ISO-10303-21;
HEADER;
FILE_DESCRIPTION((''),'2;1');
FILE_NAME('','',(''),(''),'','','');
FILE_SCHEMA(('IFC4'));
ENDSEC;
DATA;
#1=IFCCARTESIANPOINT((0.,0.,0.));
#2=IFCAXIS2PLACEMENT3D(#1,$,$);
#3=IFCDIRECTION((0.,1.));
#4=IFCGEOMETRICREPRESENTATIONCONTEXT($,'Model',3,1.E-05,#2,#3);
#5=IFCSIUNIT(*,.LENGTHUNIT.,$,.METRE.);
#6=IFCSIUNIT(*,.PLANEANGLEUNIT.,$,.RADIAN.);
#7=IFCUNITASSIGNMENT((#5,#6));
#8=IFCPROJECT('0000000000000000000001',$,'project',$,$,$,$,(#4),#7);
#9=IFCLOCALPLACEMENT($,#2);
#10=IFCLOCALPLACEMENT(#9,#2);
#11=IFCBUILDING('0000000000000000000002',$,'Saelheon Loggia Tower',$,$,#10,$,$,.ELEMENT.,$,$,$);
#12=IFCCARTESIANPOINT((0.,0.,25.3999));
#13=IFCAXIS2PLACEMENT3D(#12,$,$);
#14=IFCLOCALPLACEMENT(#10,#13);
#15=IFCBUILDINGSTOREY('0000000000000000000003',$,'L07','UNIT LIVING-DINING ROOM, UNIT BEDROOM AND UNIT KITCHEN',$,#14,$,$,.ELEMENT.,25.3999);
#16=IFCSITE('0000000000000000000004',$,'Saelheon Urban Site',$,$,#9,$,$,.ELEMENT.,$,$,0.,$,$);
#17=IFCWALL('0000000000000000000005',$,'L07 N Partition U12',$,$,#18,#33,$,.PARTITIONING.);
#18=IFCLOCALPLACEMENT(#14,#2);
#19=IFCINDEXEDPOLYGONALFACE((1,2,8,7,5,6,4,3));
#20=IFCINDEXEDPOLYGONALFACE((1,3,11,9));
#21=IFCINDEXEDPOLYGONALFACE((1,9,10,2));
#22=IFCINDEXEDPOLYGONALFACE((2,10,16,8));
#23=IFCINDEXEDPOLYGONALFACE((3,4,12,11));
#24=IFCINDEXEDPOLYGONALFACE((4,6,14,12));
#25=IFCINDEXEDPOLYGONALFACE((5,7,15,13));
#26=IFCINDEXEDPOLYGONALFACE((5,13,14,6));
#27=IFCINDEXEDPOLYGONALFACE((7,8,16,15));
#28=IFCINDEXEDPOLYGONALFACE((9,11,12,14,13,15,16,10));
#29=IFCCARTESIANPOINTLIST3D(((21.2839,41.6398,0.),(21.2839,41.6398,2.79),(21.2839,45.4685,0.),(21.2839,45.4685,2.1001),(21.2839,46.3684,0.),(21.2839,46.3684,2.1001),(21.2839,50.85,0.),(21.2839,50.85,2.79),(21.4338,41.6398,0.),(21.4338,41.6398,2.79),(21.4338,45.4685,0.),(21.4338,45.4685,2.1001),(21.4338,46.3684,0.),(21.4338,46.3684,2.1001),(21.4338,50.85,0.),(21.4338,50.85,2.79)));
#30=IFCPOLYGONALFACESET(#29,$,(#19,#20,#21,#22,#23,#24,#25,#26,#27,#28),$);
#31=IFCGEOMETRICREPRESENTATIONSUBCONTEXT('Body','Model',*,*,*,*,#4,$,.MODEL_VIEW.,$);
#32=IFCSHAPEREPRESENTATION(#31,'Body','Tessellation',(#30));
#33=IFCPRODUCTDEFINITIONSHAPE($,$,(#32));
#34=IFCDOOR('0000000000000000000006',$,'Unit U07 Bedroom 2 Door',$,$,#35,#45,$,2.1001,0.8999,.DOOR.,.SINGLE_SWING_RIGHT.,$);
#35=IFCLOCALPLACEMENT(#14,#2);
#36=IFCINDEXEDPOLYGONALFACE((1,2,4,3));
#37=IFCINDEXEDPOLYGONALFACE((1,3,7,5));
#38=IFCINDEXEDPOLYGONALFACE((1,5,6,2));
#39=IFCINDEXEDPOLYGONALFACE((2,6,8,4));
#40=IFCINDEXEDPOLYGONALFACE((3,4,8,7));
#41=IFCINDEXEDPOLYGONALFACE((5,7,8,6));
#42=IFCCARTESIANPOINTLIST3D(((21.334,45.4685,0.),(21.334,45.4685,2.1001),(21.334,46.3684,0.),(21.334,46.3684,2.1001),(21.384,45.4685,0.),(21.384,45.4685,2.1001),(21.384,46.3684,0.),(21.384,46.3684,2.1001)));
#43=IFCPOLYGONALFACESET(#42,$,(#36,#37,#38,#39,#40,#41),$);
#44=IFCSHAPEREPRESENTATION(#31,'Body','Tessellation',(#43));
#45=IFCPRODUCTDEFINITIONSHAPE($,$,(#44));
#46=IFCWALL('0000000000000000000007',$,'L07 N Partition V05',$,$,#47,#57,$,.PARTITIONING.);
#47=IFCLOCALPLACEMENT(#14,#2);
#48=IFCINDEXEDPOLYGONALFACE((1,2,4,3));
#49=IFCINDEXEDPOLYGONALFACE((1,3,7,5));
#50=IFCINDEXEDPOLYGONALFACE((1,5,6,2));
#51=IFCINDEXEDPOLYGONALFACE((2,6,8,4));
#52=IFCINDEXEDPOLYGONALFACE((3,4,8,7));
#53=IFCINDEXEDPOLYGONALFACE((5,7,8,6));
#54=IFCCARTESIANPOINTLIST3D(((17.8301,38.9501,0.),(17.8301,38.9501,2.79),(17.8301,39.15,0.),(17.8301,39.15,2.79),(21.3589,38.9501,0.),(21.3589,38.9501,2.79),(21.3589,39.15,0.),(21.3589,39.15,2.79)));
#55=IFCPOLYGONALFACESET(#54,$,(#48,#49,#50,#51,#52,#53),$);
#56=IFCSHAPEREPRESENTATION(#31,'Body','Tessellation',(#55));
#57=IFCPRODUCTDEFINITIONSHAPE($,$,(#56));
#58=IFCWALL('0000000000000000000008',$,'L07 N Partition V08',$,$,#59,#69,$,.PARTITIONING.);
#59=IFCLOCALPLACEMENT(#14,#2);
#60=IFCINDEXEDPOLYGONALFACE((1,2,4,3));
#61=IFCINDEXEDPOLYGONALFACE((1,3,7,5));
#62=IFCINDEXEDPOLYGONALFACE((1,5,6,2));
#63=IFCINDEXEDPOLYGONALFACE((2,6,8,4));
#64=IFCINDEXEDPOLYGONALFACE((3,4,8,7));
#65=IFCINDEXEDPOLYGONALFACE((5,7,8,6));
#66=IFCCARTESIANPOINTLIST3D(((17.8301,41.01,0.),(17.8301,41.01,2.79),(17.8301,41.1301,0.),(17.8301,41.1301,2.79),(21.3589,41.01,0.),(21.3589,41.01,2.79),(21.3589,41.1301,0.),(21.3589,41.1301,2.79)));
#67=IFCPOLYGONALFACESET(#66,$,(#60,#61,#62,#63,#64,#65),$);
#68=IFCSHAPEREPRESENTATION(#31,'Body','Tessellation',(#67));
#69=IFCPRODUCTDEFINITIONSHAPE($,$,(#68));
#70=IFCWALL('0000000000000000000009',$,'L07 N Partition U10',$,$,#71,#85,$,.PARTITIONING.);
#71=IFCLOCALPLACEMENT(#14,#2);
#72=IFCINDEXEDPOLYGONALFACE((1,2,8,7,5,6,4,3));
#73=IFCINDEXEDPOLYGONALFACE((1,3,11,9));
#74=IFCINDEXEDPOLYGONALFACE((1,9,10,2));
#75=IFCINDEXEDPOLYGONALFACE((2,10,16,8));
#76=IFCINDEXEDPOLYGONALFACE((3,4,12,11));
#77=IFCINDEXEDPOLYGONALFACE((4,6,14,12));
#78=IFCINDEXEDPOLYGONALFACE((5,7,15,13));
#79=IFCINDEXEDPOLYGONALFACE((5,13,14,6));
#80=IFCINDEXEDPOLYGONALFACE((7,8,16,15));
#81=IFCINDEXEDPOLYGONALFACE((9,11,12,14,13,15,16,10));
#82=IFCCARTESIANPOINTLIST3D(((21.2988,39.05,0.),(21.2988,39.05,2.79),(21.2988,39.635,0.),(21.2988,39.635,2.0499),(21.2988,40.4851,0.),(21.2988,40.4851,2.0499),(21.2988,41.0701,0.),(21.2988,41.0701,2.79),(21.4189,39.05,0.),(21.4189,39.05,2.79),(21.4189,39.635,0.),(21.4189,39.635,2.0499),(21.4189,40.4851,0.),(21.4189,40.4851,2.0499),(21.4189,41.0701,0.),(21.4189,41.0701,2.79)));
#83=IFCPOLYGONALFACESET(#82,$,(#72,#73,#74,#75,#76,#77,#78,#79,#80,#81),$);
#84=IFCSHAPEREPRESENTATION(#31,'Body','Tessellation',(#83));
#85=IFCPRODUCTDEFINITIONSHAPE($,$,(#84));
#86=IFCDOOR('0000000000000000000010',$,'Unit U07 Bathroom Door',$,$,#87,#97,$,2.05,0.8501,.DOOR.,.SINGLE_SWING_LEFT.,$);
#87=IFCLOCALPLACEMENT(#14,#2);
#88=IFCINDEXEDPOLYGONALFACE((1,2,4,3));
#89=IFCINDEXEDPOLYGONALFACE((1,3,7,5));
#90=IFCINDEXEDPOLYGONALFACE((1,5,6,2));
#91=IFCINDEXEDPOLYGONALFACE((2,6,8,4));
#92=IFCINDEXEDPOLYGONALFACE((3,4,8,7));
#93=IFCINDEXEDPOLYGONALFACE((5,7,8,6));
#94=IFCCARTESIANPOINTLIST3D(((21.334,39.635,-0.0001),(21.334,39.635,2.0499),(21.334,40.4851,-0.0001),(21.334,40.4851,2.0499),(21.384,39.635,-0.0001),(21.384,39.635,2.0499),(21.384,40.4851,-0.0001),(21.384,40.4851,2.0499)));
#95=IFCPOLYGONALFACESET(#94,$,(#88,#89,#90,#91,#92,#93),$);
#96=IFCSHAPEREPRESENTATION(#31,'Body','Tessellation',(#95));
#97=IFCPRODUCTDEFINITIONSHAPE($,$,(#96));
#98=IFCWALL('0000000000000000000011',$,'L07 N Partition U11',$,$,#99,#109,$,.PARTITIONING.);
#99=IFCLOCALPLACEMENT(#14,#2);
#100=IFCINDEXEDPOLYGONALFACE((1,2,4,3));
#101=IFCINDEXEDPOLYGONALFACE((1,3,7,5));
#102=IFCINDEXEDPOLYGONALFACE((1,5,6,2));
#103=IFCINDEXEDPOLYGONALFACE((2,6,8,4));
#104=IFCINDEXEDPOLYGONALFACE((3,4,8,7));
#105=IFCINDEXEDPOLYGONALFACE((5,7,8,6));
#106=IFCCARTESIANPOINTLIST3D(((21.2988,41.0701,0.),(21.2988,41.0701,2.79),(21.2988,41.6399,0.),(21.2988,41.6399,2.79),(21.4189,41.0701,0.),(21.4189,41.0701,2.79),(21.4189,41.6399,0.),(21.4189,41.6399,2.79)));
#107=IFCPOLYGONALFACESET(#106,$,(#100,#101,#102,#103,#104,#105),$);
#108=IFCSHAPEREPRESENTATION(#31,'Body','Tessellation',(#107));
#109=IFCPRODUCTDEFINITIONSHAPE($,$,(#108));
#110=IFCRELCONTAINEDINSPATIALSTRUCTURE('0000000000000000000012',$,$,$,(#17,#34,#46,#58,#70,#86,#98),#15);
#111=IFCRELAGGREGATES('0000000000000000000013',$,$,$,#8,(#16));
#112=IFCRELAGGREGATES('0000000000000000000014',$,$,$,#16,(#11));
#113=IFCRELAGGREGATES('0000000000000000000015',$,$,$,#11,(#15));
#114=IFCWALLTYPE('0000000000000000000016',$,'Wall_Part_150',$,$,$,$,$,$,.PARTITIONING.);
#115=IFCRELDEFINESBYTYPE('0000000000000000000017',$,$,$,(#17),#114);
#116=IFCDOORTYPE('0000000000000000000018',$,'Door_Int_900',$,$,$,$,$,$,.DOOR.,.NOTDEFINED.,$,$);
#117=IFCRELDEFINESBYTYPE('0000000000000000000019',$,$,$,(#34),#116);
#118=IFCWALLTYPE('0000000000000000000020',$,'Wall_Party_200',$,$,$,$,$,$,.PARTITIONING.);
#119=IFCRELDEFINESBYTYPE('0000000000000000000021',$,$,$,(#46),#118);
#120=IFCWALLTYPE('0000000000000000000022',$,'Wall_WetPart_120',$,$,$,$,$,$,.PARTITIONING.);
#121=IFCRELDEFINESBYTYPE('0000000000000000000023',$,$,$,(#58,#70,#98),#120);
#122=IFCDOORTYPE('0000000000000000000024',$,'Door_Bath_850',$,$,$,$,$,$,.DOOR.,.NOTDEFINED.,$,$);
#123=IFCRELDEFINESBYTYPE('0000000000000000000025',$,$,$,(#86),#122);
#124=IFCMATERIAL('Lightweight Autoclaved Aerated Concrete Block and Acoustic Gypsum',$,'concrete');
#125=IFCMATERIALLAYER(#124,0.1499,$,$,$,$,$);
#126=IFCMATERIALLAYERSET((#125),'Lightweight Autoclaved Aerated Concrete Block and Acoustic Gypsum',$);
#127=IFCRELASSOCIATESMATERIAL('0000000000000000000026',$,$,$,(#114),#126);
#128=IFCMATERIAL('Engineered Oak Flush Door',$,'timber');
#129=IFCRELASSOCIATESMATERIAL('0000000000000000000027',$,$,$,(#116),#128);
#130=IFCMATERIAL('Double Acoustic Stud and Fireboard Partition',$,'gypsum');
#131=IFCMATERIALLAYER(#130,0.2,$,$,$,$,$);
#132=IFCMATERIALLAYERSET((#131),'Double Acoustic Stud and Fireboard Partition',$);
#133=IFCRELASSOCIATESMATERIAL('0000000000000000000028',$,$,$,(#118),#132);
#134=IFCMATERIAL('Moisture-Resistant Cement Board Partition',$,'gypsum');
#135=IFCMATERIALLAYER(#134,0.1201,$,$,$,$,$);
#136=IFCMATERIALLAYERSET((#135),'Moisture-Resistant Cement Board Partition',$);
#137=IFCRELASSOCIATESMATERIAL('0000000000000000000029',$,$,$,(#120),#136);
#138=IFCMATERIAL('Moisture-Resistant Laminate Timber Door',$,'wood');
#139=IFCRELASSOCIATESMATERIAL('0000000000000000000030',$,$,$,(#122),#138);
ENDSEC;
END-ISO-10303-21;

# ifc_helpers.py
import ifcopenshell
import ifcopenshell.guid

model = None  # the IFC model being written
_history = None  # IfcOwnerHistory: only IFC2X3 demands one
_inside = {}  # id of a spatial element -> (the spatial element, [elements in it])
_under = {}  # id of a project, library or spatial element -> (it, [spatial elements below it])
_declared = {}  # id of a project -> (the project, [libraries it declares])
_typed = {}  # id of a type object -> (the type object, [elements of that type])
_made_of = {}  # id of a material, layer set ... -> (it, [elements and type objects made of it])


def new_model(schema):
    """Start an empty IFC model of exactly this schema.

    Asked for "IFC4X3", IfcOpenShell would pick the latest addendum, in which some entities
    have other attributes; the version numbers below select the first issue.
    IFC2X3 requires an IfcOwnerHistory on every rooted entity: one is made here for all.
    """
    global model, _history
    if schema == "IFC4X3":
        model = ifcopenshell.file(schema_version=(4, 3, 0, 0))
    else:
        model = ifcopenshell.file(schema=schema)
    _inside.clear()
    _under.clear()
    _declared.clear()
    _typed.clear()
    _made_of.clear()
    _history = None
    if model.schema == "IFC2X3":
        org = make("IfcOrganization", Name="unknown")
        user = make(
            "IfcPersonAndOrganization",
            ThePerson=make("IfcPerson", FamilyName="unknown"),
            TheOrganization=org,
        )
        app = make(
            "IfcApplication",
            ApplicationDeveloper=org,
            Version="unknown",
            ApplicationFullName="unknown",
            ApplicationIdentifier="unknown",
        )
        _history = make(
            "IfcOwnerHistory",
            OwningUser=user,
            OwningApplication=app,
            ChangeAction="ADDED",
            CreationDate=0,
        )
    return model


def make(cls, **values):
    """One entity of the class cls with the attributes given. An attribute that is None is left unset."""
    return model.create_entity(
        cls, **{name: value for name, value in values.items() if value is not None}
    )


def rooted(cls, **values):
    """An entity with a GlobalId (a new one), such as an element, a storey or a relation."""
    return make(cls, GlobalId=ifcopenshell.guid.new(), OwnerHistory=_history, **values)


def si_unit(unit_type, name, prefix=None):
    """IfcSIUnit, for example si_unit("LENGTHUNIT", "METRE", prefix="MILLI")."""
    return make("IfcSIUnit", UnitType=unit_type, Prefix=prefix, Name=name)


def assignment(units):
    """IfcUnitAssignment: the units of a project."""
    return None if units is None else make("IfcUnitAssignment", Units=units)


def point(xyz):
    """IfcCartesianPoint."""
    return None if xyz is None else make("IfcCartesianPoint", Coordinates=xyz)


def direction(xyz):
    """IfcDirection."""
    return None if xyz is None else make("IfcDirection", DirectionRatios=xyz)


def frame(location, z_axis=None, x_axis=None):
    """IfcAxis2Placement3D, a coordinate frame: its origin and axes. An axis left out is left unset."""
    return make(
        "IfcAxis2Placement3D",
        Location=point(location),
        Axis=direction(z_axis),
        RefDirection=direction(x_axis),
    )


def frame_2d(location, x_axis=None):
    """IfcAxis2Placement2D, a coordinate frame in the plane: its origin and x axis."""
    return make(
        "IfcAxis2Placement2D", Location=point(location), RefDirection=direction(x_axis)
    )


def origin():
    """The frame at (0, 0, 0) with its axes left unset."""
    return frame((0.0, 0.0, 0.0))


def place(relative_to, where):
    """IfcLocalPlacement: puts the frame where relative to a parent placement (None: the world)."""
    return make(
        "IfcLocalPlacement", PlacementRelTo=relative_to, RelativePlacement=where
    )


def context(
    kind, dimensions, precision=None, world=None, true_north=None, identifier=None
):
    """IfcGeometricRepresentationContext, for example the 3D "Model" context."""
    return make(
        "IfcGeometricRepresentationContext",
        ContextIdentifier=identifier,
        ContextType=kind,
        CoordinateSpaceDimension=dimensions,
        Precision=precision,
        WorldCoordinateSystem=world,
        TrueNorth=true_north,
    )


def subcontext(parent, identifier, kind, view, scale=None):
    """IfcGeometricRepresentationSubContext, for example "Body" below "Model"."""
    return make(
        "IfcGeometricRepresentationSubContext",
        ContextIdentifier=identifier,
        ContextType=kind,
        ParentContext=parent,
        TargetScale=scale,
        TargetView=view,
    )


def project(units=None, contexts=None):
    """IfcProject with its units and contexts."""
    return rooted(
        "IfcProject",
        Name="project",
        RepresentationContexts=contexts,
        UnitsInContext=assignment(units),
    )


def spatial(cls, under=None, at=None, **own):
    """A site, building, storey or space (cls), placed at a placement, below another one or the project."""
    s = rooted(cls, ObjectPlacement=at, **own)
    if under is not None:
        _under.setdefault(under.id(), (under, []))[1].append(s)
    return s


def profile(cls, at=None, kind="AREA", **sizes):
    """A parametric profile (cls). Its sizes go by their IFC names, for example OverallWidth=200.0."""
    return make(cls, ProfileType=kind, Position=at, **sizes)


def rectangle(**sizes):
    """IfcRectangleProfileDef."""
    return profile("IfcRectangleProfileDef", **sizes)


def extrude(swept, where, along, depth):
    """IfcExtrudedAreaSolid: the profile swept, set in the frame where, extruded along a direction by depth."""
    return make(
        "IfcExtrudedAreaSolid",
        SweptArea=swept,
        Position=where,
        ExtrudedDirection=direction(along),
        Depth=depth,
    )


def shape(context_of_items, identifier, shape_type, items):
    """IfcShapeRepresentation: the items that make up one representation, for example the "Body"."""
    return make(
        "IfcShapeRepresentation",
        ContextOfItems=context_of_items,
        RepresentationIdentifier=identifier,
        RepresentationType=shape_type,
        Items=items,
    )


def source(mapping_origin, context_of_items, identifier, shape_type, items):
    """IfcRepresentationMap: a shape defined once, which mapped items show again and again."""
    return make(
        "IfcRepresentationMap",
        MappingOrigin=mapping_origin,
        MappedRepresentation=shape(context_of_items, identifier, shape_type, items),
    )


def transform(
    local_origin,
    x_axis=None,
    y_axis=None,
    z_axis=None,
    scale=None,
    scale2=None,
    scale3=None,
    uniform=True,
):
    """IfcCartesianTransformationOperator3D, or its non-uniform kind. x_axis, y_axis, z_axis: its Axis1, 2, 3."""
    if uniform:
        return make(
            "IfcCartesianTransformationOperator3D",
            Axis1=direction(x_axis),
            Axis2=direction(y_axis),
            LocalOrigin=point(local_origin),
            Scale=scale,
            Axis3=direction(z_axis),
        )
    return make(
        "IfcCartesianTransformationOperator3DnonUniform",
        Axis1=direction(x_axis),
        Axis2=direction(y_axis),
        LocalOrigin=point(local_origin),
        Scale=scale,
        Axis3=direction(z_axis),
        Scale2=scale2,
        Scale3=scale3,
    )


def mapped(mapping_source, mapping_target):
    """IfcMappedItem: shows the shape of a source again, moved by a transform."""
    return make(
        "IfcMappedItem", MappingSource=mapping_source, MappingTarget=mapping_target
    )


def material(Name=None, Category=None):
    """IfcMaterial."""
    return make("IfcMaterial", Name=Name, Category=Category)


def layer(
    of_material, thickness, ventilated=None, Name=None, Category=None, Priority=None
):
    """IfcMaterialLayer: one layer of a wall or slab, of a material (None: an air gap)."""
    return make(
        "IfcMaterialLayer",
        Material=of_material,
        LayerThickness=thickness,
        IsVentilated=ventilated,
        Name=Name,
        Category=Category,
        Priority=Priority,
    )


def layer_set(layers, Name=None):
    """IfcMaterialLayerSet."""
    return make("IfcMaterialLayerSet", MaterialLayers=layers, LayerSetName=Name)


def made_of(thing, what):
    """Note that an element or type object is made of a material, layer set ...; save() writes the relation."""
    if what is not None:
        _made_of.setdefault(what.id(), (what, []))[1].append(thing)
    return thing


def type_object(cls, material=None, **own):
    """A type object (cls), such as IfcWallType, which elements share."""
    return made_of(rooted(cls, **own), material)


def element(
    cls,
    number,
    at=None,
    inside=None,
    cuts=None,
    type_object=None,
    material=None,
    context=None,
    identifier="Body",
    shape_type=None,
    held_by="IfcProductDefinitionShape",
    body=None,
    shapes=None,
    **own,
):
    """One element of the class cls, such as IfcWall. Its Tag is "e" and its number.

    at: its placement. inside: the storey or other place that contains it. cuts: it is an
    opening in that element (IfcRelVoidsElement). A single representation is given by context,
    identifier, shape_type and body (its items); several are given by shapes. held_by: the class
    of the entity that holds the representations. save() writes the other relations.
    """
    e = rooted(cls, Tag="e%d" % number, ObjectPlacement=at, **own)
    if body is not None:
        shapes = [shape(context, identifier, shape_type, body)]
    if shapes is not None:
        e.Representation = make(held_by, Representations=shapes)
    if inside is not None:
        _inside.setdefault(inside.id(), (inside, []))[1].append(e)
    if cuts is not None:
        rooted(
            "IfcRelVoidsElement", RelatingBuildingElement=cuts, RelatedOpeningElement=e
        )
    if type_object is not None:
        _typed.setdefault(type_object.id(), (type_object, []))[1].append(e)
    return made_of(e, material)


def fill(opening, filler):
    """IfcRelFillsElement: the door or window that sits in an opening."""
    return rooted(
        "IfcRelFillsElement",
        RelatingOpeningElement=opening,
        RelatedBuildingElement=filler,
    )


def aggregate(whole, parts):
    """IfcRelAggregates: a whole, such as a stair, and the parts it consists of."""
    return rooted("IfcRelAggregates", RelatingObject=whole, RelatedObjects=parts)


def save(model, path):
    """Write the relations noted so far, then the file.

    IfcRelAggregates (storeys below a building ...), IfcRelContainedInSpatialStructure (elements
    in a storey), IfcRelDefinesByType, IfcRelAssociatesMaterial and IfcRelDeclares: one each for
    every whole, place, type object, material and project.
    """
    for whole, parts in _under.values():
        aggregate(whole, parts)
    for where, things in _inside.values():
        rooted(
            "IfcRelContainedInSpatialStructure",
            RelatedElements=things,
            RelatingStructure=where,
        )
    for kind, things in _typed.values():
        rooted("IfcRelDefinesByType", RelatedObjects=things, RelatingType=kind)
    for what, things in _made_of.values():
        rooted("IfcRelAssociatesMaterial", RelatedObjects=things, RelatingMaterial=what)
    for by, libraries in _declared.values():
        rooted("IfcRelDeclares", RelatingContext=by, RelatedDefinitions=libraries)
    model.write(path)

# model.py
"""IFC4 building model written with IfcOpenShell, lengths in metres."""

from ifc_helpers import new_model, si_unit, direction, frame, frame_2d, origin, place, context, subcontext, project, spatial, rectangle, extrude, source, transform, mapped, material, layer, layer_set, type_object, element, fill, save


model = new_model("IFC4")

# Units and contexts
model_context = context("Model", 3, precision=1e-05, world=origin(), true_north=direction((0.0, 1.0)))
body_context = subcontext(model_context, "Body", "Model", "MODEL_VIEW")
ifc_project = project(units=[si_unit("LENGTHUNIT", "METRE"), si_unit("PLANEANGLEUNIT", "RADIAN")], contexts=[model_context])

# Site, building, storey
site_placement = place(None, origin())
site = spatial("IfcSite", under=ifc_project, at=site_placement, Name="Saelheon Urban Site", CompositionType="ELEMENT", RefElevation=0.0)
building_placement = place(site_placement, origin())
building = spatial("IfcBuilding", under=site, at=building_placement, Name="Saelheon Loggia Tower", CompositionType="ELEMENT")
storey_placement = place(building_placement, frame((0.0, 0.0, 25.3999)))
storey = spatial("IfcBuildingStorey", under=building, at=storey_placement, Name="L07", Description="UNIT LIVING-DINING ROOM, UNIT BEDROOM AND UNIT KITCHEN", CompositionType="ELEMENT", Elevation=25.3999)

# Wall, opening, door
ifc_material_1 = material(Name="Lightweight Autoclaved Aerated Concrete Block and Acoustic Gypsum", Category="concrete")
ifc_layer_1 = layer(ifc_material_1, 0.1499)
ifc_layer_set_1 = layer_set([ifc_layer_1], Name="Lightweight Autoclaved Aerated Concrete Block and Acoustic Gypsum")
wall_type_1 = type_object("IfcWallType", Name="Wall_Part_150", PredefinedType="PARTITIONING", material=ifc_layer_set_1)
wall_1_placement = place(storey_placement, frame((21.3589, 41.6399, 0.0), z_axis=(0.0, 0.0, 1.0), x_axis=(0.0, 1.0, 0.0)))
wall_1 = element("IfcWall", 1, at=wall_1_placement, inside=storey, type_object=wall_type_1, Name="L07 N Partition U12", PredefinedType="PARTITIONING", context=body_context, shape_type="SweptSolid", body=[
    extrude(rectangle(XDim=9.2102, YDim=0.1499, at=frame_2d((4.605, 0.0))), origin(), (0.0, 0.0, 1.0), 2.79),
])
opening_1_placement = place(wall_1_placement, frame((3.8286, 0.0, 0.0)))
opening_1 = element("IfcOpeningElement", 2, at=opening_1_placement, cuts=wall_1, PredefinedType="OPENING", context=body_context, shape_type="SweptSolid", body=[
    extrude(rectangle(XDim=0.8999, YDim=2.1001, at=frame_2d((0.45, 1.05))), frame((0.0, 0.0869, 0.0), z_axis=(0.0, -1.0, 0.0), x_axis=(1.0, 0.0, 0.0)), (0.0, 0.0, 1.0), 0.1738),
])
ifc_material_2 = material(Name="Engineered Oak Flush Door", Category="timber")
door_type_1 = type_object("IfcDoorType", Name="Door_Int_900", OperationType="NOTDEFINED", PredefinedType="DOOR", material=ifc_material_2)
shared_shape_1 = source(origin(), body_context, "Body", "SweptSolid", [
    extrude(rectangle(XDim=0.8999, YDim=2.1001, at=frame_2d((0.45, 1.05))), frame((0.0, 0.0249, 0.0), z_axis=(0.0, -1.0, 0.0), x_axis=(1.0, 0.0, 0.0)), (0.0, 0.0, 1.0), 0.05),
])
door_1_placement = place(opening_1_placement, origin())
door_1 = element("IfcDoor", 3, at=door_1_placement, inside=storey, type_object=door_type_1, Name="Unit U07 Bedroom 2 Door", OperationType="SINGLE_SWING_RIGHT", OverallHeight=2.1001, OverallWidth=0.8999, PredefinedType="DOOR", context=body_context, shape_type="MappedRepresentation", body=[
    mapped(shared_shape_1, transform((0.0, 0.0, 0.0), scale=1.0)),
])
fill(opening_1, door_1)

# Wall
ifc_material_3 = material(Name="Double Acoustic Stud and Fireboard Partition", Category="gypsum")
ifc_layer_2 = layer(ifc_material_3, 0.2)
ifc_layer_set_2 = layer_set([ifc_layer_2], Name="Double Acoustic Stud and Fireboard Partition")
wall_type_2 = type_object("IfcWallType", Name="Wall_Party_200", PredefinedType="PARTITIONING", material=ifc_layer_set_2)
wall_2_placement = place(storey_placement, frame((17.8301, 39.05, 0.0), z_axis=(0.0, 0.0, 1.0), x_axis=(1.0, 0.0, 0.0)))
element("IfcWall", 4, at=wall_2_placement, inside=storey, type_object=wall_type_2, Name="L07 N Partition V05", PredefinedType="PARTITIONING", context=body_context, shape_type="SweptSolid", body=[
    extrude(rectangle(XDim=3.5288, YDim=0.2, at=frame_2d((1.7644, 0.0))), origin(), (0.0, 0.0, 1.0), 2.79),
])

# Wall
ifc_material_4 = material(Name="Moisture-Resistant Cement Board Partition", Category="gypsum")
ifc_layer_3 = layer(ifc_material_4, 0.1201)
ifc_layer_set_3 = layer_set([ifc_layer_3], Name="Moisture-Resistant Cement Board Partition")
wall_type_3 = type_object("IfcWallType", Name="Wall_WetPart_120", PredefinedType="PARTITIONING", material=ifc_layer_set_3)
wall_3_placement = place(storey_placement, frame((17.8301, 41.0701, 0.0), z_axis=(0.0, 0.0, 1.0), x_axis=(1.0, 0.0, 0.0)))
element("IfcWall", 5, at=wall_3_placement, inside=storey, type_object=wall_type_3, Name="L07 N Partition V08", PredefinedType="PARTITIONING", context=body_context, shape_type="SweptSolid", body=[
    extrude(rectangle(XDim=3.5288, YDim=0.1201, at=frame_2d((1.7644, 0.0))), origin(), (0.0, 0.0, 1.0), 2.79),
])

# Wall, opening, door
wall_4_placement = place(storey_placement, frame((21.3589, 39.05, 0.0), z_axis=(0.0, 0.0, 1.0), x_axis=(0.0, 1.0, 0.0)))
wall_4 = element("IfcWall", 6, at=wall_4_placement, inside=storey, type_object=wall_type_3, Name="L07 N Partition U10", PredefinedType="PARTITIONING", context=body_context, shape_type="SweptSolid", body=[
    extrude(rectangle(XDim=2.02, YDim=0.1201, at=frame_2d((1.01, 0.0))), origin(), (0.0, 0.0, 1.0), 2.79),
])
opening_2_placement = place(wall_4_placement, frame((0.585, 0.0, 0.0)))
opening_2 = element("IfcOpeningElement", 7, at=opening_2_placement, cuts=wall_4, PredefinedType="OPENING", context=body_context, shape_type="SweptSolid", body=[
    extrude(rectangle(XDim=0.8501, YDim=2.05, at=frame_2d((0.425, 1.0249))), frame((0.0, 0.072, 0.0), z_axis=(0.0, -1.0, 0.0), x_axis=(1.0, 0.0, 0.0)), (0.0, 0.0, 1.0), 0.144),
])
ifc_material_5 = material(Name="Moisture-Resistant Laminate Timber Door", Category="wood")
door_type_2 = type_object("IfcDoorType", Name="Door_Bath_850", OperationType="NOTDEFINED", PredefinedType="DOOR", material=ifc_material_5)
shared_shape_2 = source(origin(), body_context, "Body", "SweptSolid", [
    extrude(rectangle(XDim=0.8501, YDim=2.05, at=frame_2d((0.425, 1.0249))), frame((0.0, 0.0249, 0.0), z_axis=(0.0, -1.0, 0.0), x_axis=(1.0, 0.0, 0.0)), (0.0, 0.0, 1.0), 0.05),
])
door_2_placement = place(opening_2_placement, origin())
door_2 = element("IfcDoor", 8, at=door_2_placement, inside=storey, type_object=door_type_2, Name="Unit U07 Bathroom Door", OperationType="SINGLE_SWING_LEFT", OverallHeight=2.05, OverallWidth=0.8501, PredefinedType="DOOR", context=body_context, shape_type="MappedRepresentation", body=[
    mapped(shared_shape_2, transform((0.0, 0.0, 0.0), scale=1.0)),
])
fill(opening_2, door_2)

# Wall
wall_5_placement = place(storey_placement, frame((21.3589, 41.0701, 0.0), z_axis=(0.0, 0.0, 1.0), x_axis=(0.0, 1.0, 0.0)))
element("IfcWall", 9, at=wall_5_placement, inside=storey, type_object=wall_type_3, Name="L07 N Partition U11", PredefinedType="PARTITIONING", context=body_context, shape_type="SweptSolid", body=[
    extrude(rectangle(XDim=0.5698, YDim=0.1201, at=frame_2d((0.2849, 0.0))), origin(), (0.0, 0.0, 1.0), 2.79),
])

save(model, "model.ifc")
